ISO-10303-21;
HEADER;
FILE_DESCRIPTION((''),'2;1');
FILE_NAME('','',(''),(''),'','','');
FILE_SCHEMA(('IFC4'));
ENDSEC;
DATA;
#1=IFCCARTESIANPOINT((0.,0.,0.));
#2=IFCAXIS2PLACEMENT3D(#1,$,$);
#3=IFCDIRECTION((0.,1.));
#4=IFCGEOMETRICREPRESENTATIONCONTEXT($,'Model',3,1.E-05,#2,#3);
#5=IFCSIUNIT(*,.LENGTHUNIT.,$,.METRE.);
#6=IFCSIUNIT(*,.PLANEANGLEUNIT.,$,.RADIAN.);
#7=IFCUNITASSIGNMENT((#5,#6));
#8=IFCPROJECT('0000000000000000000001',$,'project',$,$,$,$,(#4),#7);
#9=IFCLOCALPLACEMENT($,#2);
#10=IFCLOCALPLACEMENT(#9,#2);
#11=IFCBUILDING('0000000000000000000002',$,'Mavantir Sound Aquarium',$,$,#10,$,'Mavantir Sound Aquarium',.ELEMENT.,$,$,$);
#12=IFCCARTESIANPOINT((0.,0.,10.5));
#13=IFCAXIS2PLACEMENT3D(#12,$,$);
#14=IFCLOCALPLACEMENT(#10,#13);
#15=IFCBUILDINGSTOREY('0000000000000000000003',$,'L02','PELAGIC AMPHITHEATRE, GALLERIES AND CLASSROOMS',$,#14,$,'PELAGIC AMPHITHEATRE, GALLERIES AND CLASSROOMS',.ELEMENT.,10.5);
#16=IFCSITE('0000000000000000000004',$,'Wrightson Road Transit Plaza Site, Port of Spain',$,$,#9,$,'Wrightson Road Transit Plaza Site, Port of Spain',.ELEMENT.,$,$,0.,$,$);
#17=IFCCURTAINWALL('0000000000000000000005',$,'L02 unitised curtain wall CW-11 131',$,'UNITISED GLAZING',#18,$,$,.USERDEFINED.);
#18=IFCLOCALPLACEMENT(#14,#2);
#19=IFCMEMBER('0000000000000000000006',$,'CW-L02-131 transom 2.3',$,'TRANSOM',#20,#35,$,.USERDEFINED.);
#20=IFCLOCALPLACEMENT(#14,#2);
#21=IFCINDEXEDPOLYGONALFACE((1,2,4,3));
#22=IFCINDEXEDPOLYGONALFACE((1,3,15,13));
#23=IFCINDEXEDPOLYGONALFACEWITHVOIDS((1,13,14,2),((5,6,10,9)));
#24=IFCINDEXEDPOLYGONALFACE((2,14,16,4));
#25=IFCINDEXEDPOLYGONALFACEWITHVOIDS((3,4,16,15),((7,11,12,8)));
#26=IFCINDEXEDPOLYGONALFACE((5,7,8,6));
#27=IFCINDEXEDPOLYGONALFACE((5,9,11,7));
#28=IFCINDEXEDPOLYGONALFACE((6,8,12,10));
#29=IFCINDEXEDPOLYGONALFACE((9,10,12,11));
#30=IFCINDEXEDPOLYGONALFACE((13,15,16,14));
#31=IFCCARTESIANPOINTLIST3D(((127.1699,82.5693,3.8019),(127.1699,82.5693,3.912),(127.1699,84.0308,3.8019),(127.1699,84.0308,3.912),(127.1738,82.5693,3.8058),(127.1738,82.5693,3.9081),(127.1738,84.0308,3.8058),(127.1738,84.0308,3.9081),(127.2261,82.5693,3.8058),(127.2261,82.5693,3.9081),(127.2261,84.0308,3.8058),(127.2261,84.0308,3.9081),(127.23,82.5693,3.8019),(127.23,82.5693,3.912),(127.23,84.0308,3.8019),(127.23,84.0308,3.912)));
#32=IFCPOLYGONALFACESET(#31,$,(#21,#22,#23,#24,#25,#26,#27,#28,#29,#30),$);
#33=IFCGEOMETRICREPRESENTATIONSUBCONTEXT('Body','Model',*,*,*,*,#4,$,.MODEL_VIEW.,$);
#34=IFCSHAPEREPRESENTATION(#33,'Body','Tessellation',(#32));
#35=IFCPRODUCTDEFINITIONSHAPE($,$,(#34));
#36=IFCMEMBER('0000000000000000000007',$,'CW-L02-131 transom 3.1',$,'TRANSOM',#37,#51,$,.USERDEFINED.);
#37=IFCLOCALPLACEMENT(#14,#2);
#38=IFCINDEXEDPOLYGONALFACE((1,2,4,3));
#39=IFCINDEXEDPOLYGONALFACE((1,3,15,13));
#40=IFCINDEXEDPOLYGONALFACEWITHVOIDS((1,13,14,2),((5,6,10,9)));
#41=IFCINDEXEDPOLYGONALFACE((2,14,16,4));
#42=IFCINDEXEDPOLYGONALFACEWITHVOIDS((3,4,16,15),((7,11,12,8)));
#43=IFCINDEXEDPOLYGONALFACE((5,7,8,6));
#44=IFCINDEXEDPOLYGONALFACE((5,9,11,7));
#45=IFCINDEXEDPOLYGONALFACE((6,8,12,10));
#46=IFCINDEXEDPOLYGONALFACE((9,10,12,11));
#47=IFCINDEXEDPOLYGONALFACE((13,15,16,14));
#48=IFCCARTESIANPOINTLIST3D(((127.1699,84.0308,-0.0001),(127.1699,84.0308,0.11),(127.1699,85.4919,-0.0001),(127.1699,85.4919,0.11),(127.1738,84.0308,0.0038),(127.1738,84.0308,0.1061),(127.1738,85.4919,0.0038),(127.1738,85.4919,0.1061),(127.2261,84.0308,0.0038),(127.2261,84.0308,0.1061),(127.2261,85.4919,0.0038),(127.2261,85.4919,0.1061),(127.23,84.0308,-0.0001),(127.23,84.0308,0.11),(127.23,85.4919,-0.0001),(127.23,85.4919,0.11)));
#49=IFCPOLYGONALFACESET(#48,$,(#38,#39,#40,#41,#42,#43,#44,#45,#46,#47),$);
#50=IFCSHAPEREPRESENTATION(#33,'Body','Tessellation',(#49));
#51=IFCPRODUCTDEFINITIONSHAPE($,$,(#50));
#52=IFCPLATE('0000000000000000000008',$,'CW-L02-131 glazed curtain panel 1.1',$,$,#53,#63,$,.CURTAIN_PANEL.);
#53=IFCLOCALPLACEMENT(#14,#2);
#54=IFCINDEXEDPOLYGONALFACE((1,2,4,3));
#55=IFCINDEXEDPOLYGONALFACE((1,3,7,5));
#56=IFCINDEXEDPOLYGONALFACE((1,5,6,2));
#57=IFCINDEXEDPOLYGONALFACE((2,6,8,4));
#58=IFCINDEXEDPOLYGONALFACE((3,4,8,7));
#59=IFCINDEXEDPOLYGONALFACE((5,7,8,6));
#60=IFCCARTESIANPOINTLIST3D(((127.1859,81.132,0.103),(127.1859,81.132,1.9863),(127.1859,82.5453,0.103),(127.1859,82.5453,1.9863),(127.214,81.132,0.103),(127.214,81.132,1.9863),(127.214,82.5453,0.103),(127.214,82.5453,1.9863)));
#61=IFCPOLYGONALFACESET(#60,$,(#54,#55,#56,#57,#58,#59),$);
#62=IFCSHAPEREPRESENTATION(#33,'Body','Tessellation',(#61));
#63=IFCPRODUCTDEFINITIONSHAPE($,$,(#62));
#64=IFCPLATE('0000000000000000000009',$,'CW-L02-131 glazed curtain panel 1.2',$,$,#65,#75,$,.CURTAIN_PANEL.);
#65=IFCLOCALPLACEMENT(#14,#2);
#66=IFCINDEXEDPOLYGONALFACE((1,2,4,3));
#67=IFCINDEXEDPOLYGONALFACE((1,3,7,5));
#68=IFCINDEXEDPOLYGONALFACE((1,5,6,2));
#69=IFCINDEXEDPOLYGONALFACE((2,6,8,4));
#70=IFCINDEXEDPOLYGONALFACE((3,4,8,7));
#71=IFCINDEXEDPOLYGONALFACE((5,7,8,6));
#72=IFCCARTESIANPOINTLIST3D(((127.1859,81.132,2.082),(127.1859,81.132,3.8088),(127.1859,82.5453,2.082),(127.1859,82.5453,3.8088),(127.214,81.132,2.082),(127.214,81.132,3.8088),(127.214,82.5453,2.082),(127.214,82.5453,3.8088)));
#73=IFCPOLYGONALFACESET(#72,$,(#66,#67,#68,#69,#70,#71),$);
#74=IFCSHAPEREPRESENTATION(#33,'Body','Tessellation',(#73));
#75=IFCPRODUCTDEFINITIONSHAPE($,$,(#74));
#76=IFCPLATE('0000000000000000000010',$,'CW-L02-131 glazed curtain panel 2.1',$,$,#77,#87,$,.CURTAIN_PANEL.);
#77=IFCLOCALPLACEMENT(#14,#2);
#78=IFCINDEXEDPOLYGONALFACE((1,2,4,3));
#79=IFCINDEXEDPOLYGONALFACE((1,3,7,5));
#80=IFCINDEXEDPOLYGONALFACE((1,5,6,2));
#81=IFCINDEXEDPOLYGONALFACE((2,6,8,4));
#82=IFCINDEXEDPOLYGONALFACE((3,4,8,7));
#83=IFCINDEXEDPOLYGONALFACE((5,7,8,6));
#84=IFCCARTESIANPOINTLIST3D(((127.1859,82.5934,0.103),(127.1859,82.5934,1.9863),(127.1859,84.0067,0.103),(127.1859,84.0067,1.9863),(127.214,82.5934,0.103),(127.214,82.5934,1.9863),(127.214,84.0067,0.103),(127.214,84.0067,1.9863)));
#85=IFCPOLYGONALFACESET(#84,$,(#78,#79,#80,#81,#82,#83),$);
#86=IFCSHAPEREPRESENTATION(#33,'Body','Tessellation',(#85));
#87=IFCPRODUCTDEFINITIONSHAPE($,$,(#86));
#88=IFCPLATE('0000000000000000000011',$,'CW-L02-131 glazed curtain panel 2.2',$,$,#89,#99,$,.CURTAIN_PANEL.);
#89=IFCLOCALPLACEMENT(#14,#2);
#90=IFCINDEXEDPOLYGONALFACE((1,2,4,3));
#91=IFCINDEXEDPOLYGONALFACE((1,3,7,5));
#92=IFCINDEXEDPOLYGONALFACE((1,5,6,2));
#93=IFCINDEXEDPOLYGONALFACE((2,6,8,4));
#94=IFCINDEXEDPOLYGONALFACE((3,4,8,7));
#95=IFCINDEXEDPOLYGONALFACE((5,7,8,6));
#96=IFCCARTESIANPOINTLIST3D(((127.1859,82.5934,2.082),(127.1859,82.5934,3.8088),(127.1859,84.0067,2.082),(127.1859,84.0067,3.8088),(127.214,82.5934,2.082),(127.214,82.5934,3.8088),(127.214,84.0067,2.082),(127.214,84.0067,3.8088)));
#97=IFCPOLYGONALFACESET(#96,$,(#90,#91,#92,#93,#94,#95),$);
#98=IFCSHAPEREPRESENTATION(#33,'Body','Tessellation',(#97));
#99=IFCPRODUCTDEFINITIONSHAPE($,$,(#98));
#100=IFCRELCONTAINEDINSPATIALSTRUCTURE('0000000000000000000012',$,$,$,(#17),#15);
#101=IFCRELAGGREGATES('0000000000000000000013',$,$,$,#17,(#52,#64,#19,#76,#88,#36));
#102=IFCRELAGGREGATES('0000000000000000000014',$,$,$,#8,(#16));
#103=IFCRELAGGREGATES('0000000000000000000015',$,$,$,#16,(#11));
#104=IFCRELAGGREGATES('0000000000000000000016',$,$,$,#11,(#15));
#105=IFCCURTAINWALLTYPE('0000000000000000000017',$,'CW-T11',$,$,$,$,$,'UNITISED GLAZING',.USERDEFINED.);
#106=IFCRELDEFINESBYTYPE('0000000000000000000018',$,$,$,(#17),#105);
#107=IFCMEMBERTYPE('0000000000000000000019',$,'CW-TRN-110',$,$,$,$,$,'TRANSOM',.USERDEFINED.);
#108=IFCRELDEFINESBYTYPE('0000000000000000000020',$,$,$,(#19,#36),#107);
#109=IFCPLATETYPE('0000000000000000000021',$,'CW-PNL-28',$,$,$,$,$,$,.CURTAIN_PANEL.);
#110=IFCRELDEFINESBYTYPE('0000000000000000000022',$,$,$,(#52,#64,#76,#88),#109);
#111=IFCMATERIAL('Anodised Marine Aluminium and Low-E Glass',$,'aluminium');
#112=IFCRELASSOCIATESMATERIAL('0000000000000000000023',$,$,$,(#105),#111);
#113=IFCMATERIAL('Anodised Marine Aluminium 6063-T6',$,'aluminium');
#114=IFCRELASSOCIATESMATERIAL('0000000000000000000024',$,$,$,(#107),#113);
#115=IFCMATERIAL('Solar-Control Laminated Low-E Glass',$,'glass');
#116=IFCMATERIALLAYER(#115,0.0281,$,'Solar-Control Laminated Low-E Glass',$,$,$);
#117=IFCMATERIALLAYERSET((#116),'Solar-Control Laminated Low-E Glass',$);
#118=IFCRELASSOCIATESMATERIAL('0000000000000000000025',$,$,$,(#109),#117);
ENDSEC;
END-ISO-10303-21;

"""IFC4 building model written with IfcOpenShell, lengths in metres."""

from ifc_helpers import new_model, si_unit, direction, frame, origin, origin_2d, place, context, subcontext, project, spatial, rectangle, hollow_rectangle, extrude, material, layer, layer_set, material_profile, profile_set, type_object, element, aggregate, save


model = new_model("IFC4")

# Units and contexts
model_context = context("Model", 3, precision=1e-05, world=origin(), true_north=direction((0.0, 1.0)))
body_context = subcontext(model_context, "Body", "Model", "MODEL_VIEW")
ifc_project = project(units=[si_unit("LENGTHUNIT", "METRE"), si_unit("PLANEANGLEUNIT", "RADIAN")], contexts=[model_context])

# Site, building, storey
site_placement = place(None, origin())
site = spatial("IfcSite", under=ifc_project, at=site_placement, Name="Wrightson Road Transit Plaza Site, Port of Spain", LongName="Wrightson Road Transit Plaza Site, Port of Spain", CompositionType="ELEMENT", RefElevation=0.0)
building_placement = place(site_placement, origin())
building = spatial("IfcBuilding", under=site, at=building_placement, Name="Mavantir Sound Aquarium", LongName="Mavantir Sound Aquarium", CompositionType="ELEMENT")
storey_placement = place(building_placement, frame((0.0, 0.0, 10.5)))
storey = spatial("IfcBuildingStorey", under=building, at=storey_placement, Name="L02", Description="PELAGIC AMPHITHEATRE, GALLERIES AND CLASSROOMS", LongName="PELAGIC AMPHITHEATRE, GALLERIES AND CLASSROOMS", CompositionType="ELEMENT", Elevation=10.5)

# Curtain wall, members, plates
ifc_material_1 = material(Name="Anodised Marine Aluminium and Low-E Glass", Category="aluminium")
curtain_wall_type = type_object("IfcCurtainWallType", Name="CW-T11", ElementType="UNITISED GLAZING", PredefinedType="USERDEFINED", material=ifc_material_1)
curtain_wall_placement = place(storey_placement, origin())
curtain_wall = element("IfcCurtainWall", 1, at=curtain_wall_placement, inside=storey, type_object=curtain_wall_type, Name="L02 unitised curtain wall CW-11 131", ObjectType="UNITISED GLAZING", PredefinedType="USERDEFINED")
ifc_material_2 = material(Name="Anodised Marine Aluminium 6063-T6", Category="aluminium")
ifc_material_profile_1 = material_profile(ifc_material_2, hollow_rectangle(XDim=0.0601, YDim=0.1101, WallThickness=0.0039, at=origin_2d()), Name="ALU-TRANSOM-110X60")
ifc_profile_set_1 = profile_set([ifc_material_profile_1], Name="Anodised Marine Aluminium 6063-T6")
member_type_1 = type_object("IfcMemberType", Name="CW-TRN-110", ElementType="TRANSOM", PredefinedType="USERDEFINED", material=ifc_profile_set_1)
member_1_placement = place(storey_placement, frame((127.2, 82.5693, 3.8569), z_axis=(0.0, 1.0, 0.0), x_axis=(-1.0, 0.0, 0.0)))
member_1 = element("IfcMember", 2, at=member_1_placement, type_object=member_type_1, Name="CW-L02-131 transom 2.3", ObjectType="TRANSOM", PredefinedType="USERDEFINED", context=body_context, shape_type="SweptSolid", body=[
    extrude(hollow_rectangle(XDim=0.0601, YDim=0.1101, WallThickness=0.0039, at=origin_2d()), origin(), (0.0, 0.0, 1.0), 1.4614),
])
member_2_placement = place(storey_placement, frame((127.2, 84.0308, 0.0549), z_axis=(0.0, 1.0, 0.0), x_axis=(-1.0, 0.0, 0.0)))
member_2 = element("IfcMember", 3, at=member_2_placement, type_object=member_type_1, Name="CW-L02-131 transom 3.1", ObjectType="TRANSOM", PredefinedType="USERDEFINED", context=body_context, shape_type="SweptSolid", body=[
    extrude(hollow_rectangle(XDim=0.0601, YDim=0.1101, WallThickness=0.0039, at=origin_2d()), origin(), (0.0, 0.0, 1.0), 1.4612),
])
ifc_material_3 = material(Name="Solar-Control Laminated Low-E Glass", Category="glass")
ifc_layer = layer(ifc_material_3, 0.0281, Name="Solar-Control Laminated Low-E Glass")
ifc_layer_set = layer_set([ifc_layer], Name="Solar-Control Laminated Low-E Glass")
plate_type = type_object("IfcPlateType", Name="CW-PNL-28", PredefinedType="CURTAIN_PANEL", material=ifc_layer_set)
plate_1_placement = place(storey_placement, frame((127.2, 81.8386, 0.103), z_axis=(0.0, 0.0, 1.0), x_axis=(0.0, 1.0, 0.0)))
plate_1 = element("IfcPlate", 4, at=plate_1_placement, type_object=plate_type, Name="CW-L02-131 glazed curtain panel 1.1", PredefinedType="CURTAIN_PANEL", context=body_context, shape_type="SweptSolid", body=[
    extrude(rectangle(XDim=1.4133, YDim=0.0281, at=origin_2d()), origin(), (0.0, 0.0, 1.0), 1.8833),
])
plate_2_placement = place(storey_placement, frame((127.2, 81.8386, 2.082), z_axis=(0.0, 0.0, 1.0), x_axis=(0.0, 1.0, 0.0)))
plate_2 = element("IfcPlate", 5, at=plate_2_placement, type_object=plate_type, Name="CW-L02-131 glazed curtain panel 1.2", PredefinedType="CURTAIN_PANEL", context=body_context, shape_type="SweptSolid", body=[
    extrude(rectangle(XDim=1.4133, YDim=0.0281, at=origin_2d()), origin(), (0.0, 0.0, 1.0), 1.7268),
])
plate_3_placement = place(storey_placement, frame((127.2, 83.3, 0.103), z_axis=(0.0, 0.0, 1.0), x_axis=(0.0, 1.0, 0.0)))
plate_3 = element("IfcPlate", 6, at=plate_3_placement, type_object=plate_type, Name="CW-L02-131 glazed curtain panel 2.1", PredefinedType="CURTAIN_PANEL", context=body_context, shape_type="SweptSolid", body=[
    extrude(rectangle(XDim=1.4133, YDim=0.0281, at=origin_2d()), origin(), (0.0, 0.0, 1.0), 1.8833),
])
plate_4_placement = place(storey_placement, frame((127.2, 83.3, 2.082), z_axis=(0.0, 0.0, 1.0), x_axis=(0.0, 1.0, 0.0)))
plate_4 = element("IfcPlate", 7, at=plate_4_placement, type_object=plate_type, Name="CW-L02-131 glazed curtain panel 2.2", PredefinedType="CURTAIN_PANEL", context=body_context, shape_type="SweptSolid", body=[
    extrude(rectangle(XDim=1.4133, YDim=0.0281, at=origin_2d()), origin(), (0.0, 0.0, 1.0), 1.7268),
])
aggregate(curtain_wall, [plate_1, plate_2, member_1, plate_3, plate_4, member_2])

save(model, "model.ifc")
